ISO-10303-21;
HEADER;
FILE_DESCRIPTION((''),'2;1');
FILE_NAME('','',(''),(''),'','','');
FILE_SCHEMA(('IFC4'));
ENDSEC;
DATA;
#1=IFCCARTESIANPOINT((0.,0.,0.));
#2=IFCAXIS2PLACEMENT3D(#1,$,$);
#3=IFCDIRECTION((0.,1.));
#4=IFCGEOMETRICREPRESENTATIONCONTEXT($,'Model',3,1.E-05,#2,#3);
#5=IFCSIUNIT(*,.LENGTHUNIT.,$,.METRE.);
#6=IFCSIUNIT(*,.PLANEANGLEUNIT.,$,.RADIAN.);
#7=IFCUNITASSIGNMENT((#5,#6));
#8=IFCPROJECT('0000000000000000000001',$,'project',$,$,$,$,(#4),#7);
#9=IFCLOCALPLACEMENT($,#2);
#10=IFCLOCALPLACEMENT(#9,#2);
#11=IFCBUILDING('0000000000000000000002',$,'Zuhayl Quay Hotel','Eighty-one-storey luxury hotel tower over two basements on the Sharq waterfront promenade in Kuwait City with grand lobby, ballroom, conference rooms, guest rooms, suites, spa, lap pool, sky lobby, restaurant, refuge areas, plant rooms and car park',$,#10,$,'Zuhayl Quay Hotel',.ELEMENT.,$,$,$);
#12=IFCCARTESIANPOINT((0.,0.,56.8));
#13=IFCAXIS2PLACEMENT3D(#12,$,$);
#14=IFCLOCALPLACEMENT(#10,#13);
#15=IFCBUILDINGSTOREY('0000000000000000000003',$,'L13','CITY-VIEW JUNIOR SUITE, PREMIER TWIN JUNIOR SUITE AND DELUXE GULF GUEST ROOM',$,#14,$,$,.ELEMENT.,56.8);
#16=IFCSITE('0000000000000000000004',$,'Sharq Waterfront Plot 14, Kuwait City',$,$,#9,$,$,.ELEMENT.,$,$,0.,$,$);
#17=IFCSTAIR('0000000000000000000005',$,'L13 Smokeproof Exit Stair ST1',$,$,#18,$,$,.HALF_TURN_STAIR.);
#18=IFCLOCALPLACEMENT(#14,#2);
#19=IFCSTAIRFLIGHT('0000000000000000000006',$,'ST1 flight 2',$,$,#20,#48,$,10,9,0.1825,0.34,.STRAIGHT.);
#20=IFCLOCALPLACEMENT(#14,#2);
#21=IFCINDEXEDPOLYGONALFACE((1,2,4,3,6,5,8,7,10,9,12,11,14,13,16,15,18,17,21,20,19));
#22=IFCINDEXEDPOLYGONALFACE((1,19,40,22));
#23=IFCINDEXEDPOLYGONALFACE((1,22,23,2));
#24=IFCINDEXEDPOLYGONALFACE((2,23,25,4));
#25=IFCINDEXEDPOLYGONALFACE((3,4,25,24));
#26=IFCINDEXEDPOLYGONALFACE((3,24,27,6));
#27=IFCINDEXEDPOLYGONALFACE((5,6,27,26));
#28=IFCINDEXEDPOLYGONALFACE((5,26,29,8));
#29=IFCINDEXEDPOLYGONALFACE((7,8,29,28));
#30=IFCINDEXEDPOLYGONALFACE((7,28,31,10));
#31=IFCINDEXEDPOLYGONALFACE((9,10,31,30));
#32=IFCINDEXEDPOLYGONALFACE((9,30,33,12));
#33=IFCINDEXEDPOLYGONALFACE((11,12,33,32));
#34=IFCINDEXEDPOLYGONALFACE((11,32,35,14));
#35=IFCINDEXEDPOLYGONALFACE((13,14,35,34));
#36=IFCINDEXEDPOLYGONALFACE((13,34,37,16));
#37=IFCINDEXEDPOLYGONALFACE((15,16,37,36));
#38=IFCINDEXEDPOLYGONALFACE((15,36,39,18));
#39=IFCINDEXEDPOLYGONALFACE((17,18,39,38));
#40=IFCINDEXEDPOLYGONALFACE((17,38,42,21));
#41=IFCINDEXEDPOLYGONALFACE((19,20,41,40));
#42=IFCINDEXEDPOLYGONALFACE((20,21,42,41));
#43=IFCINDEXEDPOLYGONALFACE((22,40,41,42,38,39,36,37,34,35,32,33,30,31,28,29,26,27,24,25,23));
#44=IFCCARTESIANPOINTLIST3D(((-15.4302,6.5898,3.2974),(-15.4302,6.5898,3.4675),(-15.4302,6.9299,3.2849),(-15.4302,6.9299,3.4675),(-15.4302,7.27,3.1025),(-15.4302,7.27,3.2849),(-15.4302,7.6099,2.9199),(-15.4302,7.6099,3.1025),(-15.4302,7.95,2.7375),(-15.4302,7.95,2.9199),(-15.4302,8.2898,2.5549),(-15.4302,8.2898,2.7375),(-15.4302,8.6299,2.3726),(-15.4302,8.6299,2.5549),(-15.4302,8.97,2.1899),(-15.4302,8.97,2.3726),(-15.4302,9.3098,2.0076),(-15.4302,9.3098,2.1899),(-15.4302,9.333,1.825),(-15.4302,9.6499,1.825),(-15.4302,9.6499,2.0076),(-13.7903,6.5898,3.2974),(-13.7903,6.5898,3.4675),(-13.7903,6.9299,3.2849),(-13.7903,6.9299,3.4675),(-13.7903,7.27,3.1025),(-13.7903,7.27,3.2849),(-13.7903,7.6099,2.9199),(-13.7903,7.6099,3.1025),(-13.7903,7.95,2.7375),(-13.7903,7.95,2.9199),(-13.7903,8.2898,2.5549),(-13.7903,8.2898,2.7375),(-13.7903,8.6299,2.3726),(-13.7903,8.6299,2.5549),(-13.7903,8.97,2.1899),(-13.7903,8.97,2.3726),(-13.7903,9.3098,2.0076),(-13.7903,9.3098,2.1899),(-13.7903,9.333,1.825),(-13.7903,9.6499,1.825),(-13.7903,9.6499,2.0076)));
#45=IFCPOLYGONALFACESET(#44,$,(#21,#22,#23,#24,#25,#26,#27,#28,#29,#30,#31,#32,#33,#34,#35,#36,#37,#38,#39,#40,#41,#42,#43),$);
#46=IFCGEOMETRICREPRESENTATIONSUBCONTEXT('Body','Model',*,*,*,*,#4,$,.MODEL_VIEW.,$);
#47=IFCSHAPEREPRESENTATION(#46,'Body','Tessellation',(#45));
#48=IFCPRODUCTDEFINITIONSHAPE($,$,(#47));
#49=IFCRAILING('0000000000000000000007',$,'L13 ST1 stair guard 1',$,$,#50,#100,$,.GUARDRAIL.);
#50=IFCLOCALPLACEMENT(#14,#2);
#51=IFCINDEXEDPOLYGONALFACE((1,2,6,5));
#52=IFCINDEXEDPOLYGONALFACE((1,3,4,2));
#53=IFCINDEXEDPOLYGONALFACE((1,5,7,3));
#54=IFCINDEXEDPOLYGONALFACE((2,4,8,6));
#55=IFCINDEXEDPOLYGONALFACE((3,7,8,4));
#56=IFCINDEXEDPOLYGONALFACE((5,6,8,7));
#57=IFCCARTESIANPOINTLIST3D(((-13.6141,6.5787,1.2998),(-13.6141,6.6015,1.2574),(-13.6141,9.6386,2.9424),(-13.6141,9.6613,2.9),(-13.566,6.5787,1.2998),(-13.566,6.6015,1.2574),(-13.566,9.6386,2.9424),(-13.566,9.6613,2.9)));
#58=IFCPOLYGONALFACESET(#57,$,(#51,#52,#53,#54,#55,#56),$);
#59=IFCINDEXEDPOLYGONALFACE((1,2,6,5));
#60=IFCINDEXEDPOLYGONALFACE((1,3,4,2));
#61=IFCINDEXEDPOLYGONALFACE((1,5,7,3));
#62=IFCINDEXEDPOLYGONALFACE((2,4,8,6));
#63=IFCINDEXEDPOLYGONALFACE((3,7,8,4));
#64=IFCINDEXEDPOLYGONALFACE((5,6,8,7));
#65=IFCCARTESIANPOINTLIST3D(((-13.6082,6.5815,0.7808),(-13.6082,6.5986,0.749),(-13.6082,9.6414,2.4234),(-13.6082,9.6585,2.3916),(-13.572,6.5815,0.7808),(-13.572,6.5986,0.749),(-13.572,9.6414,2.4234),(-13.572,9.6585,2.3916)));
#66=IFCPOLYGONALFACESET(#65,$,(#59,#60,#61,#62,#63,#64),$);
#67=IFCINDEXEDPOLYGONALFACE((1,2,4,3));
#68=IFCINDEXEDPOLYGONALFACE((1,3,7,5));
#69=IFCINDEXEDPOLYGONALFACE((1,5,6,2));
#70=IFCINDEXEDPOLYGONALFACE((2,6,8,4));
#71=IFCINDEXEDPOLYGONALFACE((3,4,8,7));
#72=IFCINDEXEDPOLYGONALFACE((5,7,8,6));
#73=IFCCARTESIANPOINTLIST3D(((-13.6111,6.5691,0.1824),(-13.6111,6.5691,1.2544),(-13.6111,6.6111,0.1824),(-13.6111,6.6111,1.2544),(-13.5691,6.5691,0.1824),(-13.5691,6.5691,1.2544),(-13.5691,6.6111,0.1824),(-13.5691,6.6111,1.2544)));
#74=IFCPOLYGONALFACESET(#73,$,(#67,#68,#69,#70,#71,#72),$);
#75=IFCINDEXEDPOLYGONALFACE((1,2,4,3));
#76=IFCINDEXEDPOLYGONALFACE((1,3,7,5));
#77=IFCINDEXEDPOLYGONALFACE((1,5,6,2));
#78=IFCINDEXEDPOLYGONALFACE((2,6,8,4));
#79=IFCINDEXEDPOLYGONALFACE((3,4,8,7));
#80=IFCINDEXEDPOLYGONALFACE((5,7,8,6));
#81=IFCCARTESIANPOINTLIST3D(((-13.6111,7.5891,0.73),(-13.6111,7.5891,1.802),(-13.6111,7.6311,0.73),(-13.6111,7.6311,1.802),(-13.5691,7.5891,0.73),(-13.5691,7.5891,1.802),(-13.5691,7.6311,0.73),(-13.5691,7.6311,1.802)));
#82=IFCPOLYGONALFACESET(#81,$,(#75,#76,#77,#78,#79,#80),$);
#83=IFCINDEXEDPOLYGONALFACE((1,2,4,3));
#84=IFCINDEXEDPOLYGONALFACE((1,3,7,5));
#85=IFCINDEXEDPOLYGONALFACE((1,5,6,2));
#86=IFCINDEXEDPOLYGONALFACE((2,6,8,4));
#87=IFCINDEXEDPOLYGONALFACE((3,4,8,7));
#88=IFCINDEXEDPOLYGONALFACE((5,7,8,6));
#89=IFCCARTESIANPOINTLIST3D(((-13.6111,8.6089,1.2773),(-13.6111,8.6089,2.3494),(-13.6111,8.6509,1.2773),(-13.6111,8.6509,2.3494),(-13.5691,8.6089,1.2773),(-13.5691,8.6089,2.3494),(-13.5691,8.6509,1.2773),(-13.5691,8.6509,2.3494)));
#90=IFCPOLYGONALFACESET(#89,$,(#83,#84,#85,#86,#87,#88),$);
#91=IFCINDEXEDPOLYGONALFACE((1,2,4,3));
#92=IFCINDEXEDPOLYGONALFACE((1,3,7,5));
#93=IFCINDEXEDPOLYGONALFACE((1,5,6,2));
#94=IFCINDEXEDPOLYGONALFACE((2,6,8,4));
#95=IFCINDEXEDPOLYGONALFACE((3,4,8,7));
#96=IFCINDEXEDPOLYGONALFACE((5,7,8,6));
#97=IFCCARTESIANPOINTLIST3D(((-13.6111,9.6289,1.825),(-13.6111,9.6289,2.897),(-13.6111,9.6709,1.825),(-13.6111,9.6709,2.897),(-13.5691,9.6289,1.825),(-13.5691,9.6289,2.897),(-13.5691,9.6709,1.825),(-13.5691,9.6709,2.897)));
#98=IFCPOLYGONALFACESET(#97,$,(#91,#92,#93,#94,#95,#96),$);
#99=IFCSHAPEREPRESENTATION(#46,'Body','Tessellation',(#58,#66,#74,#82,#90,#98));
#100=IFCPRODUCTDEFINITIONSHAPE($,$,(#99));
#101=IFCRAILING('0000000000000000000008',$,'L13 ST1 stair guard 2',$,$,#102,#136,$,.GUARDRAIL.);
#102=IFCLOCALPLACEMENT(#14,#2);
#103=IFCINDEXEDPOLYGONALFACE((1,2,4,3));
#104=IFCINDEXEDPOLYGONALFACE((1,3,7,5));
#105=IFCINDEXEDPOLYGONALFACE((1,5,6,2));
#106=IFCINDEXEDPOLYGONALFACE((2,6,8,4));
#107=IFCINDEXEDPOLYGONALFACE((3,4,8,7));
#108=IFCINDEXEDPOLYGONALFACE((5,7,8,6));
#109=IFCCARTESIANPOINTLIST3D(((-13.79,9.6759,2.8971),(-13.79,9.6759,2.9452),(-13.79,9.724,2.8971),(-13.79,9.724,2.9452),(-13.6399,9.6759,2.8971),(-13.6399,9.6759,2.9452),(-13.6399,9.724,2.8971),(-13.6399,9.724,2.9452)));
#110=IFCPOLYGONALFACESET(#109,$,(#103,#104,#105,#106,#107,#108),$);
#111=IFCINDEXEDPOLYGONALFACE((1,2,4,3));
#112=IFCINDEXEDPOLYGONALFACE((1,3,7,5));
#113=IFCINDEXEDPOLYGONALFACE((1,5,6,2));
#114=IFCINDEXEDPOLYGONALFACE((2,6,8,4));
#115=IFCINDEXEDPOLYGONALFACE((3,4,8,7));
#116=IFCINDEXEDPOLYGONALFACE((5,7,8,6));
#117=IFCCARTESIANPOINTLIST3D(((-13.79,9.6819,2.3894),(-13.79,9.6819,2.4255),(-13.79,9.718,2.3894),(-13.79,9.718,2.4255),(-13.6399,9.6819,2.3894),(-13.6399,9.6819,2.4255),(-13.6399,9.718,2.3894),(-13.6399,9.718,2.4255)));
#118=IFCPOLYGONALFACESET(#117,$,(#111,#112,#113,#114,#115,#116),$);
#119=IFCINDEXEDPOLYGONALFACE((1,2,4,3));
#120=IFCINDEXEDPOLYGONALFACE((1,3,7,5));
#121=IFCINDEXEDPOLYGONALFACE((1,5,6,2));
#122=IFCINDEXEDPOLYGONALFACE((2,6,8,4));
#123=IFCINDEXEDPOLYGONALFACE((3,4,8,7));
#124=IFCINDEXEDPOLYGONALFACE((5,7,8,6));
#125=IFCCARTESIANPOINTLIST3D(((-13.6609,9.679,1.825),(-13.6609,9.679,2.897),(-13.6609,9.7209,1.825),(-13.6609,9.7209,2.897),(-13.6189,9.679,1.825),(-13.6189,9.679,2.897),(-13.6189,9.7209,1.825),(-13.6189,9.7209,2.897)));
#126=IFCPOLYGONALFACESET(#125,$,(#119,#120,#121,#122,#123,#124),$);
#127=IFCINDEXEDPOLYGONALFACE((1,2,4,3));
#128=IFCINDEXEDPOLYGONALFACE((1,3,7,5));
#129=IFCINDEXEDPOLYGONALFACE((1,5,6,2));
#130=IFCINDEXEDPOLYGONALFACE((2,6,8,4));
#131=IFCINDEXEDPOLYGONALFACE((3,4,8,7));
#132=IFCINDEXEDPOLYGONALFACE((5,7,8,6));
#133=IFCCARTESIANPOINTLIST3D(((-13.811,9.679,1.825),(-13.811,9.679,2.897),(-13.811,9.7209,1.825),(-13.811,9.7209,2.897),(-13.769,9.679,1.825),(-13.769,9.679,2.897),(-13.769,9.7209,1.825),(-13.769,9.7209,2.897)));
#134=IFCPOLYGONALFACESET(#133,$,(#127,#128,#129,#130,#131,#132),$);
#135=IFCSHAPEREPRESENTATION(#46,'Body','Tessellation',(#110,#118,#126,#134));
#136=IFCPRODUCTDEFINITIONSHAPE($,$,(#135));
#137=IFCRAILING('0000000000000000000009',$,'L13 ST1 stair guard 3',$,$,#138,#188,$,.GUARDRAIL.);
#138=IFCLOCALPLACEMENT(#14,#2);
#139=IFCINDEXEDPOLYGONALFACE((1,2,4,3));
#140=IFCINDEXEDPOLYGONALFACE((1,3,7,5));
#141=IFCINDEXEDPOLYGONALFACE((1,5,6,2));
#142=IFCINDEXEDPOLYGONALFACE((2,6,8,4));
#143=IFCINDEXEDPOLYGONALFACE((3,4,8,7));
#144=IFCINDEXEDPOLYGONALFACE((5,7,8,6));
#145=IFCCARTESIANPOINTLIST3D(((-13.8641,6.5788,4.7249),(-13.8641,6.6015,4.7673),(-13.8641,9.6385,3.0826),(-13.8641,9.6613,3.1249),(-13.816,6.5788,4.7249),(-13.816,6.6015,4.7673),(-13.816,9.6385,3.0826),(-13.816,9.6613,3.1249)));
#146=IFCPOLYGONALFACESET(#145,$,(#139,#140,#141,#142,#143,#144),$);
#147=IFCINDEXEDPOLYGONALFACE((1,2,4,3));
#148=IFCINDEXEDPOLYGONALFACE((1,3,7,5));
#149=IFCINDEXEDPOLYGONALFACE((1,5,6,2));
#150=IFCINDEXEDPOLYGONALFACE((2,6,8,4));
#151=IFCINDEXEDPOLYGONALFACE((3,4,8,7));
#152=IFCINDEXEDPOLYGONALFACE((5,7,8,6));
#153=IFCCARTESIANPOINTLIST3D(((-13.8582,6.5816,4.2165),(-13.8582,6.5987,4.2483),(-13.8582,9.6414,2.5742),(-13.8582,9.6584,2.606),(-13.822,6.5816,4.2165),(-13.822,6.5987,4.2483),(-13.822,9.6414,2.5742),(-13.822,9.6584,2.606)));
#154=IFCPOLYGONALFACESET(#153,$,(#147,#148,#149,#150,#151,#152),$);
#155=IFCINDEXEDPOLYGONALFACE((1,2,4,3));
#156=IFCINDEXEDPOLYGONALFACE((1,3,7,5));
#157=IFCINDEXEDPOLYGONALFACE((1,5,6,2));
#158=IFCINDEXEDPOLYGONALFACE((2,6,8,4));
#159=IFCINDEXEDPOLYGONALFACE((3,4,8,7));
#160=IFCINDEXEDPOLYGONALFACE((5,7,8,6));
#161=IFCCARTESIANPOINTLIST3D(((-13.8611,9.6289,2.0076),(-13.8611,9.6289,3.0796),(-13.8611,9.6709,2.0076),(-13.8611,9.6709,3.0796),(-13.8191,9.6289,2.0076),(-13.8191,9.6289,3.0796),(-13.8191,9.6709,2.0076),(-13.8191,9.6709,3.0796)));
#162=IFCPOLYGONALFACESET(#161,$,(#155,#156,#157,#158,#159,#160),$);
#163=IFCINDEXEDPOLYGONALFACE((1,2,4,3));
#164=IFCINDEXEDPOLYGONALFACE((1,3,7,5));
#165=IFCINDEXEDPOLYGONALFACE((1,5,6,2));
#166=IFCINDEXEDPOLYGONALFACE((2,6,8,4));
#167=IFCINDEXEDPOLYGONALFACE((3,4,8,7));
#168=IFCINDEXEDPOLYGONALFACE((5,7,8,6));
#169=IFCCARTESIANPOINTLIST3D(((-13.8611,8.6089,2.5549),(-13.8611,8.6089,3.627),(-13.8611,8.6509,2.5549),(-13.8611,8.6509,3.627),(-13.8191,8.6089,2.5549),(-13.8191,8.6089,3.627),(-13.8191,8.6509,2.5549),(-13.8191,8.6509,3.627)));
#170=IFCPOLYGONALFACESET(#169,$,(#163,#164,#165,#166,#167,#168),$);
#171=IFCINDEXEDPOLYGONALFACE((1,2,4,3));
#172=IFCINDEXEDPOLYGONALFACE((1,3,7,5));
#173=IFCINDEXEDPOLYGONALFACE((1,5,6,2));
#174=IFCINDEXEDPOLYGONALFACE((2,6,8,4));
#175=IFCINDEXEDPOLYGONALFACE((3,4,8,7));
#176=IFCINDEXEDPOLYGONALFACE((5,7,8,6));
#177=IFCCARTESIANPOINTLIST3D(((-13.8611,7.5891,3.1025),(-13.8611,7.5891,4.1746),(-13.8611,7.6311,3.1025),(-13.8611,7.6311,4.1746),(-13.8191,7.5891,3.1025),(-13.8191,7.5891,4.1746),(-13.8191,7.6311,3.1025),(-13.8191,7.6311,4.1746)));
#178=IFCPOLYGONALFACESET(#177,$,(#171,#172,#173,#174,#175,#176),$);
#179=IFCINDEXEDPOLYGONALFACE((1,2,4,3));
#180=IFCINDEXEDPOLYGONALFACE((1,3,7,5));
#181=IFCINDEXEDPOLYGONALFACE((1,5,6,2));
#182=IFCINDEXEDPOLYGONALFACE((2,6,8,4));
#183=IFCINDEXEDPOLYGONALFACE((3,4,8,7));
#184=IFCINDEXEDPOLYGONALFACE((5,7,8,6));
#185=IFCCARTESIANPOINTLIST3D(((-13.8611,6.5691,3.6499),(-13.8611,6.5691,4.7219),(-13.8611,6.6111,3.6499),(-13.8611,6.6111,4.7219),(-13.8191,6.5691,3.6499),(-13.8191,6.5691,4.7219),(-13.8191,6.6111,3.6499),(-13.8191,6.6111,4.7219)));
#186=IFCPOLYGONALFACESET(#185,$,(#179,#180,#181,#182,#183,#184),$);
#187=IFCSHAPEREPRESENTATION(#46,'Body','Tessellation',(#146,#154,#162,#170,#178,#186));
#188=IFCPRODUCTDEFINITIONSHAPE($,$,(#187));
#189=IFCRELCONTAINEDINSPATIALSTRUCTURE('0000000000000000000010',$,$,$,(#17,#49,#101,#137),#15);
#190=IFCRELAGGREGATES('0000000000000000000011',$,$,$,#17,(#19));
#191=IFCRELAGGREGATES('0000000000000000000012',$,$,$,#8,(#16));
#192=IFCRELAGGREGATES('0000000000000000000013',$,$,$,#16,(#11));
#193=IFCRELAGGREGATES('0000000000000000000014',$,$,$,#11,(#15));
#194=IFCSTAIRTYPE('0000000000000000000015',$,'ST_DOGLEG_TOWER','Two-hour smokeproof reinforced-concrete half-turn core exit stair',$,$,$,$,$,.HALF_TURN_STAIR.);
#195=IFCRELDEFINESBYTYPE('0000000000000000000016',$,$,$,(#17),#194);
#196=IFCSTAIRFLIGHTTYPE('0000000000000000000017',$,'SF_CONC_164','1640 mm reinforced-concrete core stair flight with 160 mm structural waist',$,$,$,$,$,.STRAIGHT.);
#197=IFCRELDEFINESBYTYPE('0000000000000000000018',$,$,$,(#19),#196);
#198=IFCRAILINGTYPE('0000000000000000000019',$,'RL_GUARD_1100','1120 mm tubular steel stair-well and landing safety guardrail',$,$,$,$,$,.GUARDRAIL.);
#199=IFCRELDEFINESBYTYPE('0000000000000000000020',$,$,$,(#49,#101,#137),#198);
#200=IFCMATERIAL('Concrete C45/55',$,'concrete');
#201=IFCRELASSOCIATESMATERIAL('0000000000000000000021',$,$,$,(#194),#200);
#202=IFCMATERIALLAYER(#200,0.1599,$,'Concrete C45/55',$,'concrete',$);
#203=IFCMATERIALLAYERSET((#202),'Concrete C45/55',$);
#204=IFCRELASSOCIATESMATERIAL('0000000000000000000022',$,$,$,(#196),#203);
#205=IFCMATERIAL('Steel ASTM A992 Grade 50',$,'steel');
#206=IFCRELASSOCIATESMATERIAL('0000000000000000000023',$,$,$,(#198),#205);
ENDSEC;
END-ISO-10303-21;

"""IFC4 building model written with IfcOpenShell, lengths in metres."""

from ifc_helpers import new_model, si_unit, direction, frame, origin, origin_2d, place, context, subcontext, project, spatial, polyline, rectangle, outline, extrude, material, layer, layer_set, type_object, element, aggregate, save


model = new_model("IFC4")

# Units and contexts
model_context = context("Model", 3, precision=1e-05, world=origin(), true_north=direction((0.0, 1.0)))
body_context = subcontext(model_context, "Body", "Model", "MODEL_VIEW")
ifc_project = project(units=[si_unit("LENGTHUNIT", "METRE"), si_unit("PLANEANGLEUNIT", "RADIAN")], contexts=[model_context])

# Site, building, storey
site_placement = place(None, origin())
site = spatial("IfcSite", under=ifc_project, at=site_placement, Name="Sharq Waterfront Plot 14, Kuwait City", CompositionType="ELEMENT", RefElevation=0.0)
building_placement = place(site_placement, origin())
building = spatial("IfcBuilding", under=site, at=building_placement, Name="Zuhayl Quay Hotel", Description="Eighty-one-storey luxury hotel tower over two basements on the Sharq waterfront promenade in Kuwait City with grand lobby, ballroom, conference rooms, guest rooms, suites, spa, lap pool, sky lobby, restaurant, refuge areas, plant rooms and car park", LongName="Zuhayl Quay Hotel", CompositionType="ELEMENT")
storey_placement = place(building_placement, frame((0.0, 0.0, 56.8)))
storey = spatial("IfcBuildingStorey", under=building, at=storey_placement, Name="L13", Description="CITY-VIEW JUNIOR SUITE, PREMIER TWIN JUNIOR SUITE AND DELUXE GULF GUEST ROOM", CompositionType="ELEMENT", Elevation=56.8)

# Shared definitions
ifc_material_1 = material(Name="Steel ASTM A992 Grade 50", Category="steel")

# Stair, stair flight
ifc_material_2 = material(Name="Concrete C45/55", Category="concrete")
stair_type = type_object("IfcStairType", Name="ST_DOGLEG_TOWER", Description="Two-hour smokeproof reinforced-concrete half-turn core exit stair", PredefinedType="HALF_TURN_STAIR", material=ifc_material_2)
stair_placement = place(storey_placement, origin())
stair = element("IfcStair", 1, at=stair_placement, inside=storey, type_object=stair_type, Name="L13 Smokeproof Exit Stair ST1", PredefinedType="HALF_TURN_STAIR")
ifc_layer_1 = layer(ifc_material_2, 0.1599, Name="Concrete C45/55", Category="concrete")
ifc_layer_set_1 = layer_set([ifc_layer_1], Name="Concrete C45/55")
stair_flight_type = type_object("IfcStairFlightType", Name="SF_CONC_164", Description="1640 mm reinforced-concrete core stair flight with 160 mm structural waist", PredefinedType="STRAIGHT", material=ifc_layer_set_1)
stair_flight_1_placement = place(storey_placement, frame((-14.6101, 9.6499, 1.825), z_axis=(0.0, 0.0, 1.0), x_axis=(0.0, -1.0, 0.0)))
stair_flight_1 = element("IfcStairFlight", 2, at=stair_flight_1_placement, type_object=stair_flight_type, Name="ST1 flight 2", NumberOfRisers=10, NumberOfTreads=9, PredefinedType="STRAIGHT", RiserHeight=0.1825, TreadLength=0.34, context=body_context, shape_type="SweptSolid", body=[
    extrude(outline(polyline([(0.0, 0.0), (0.0, 0.1826), (0.3401, 0.1826), (0.3401, 0.365), (0.6799, 0.365), (0.6799, 0.5476), (1.02, 0.5476), (1.02, 0.73), (1.3601, 0.73), (1.3601, 0.9126), (1.7, 0.9126), (1.7, 1.095), (2.04, 1.095), (2.04, 1.2776), (2.3799, 1.2776), (2.3799, 1.46), (2.72, 1.46), (2.72, 1.6426), (3.0601, 1.6426), (3.0601, 1.825), (3.0601, 1.4724), (0.3169, 0.0), (0.0, 0.0)])), frame((0.0, 0.8198, 0.0), z_axis=(0.0, -1.0, 0.0), x_axis=(1.0, 0.0, 0.0)), (0.0, 0.0, 1.0), 1.6399),
])
aggregate(stair, [stair_flight_1])

# Railings
railing_type_1 = type_object("IfcRailingType", Name="RL_GUARD_1100", Description="1120 mm tubular steel stair-well and landing safety guardrail", PredefinedType="GUARDRAIL", material=ifc_material_1)
railing_1_placement = place(storey_placement, frame((-13.5901, 6.5901, 0.1824)))
element("IfcRailing", 3, at=railing_1_placement, inside=storey, type_object=railing_type_1, Name="L13 ST1 stair guard 1", PredefinedType="GUARDRAIL", context=body_context, shape_type="SweptSolid", body=[
    extrude(rectangle(XDim=0.0481, YDim=0.0481, at=origin_2d()), frame((0.0, 0.0, 1.0962), z_axis=(0.0, 0.881073, 0.47298), x_axis=(-1.0, 0.0, 0.0)), (0.0, 0.0, 1.0), 3.4729),
    extrude(rectangle(XDim=0.0361, YDim=0.0361, at=origin_2d()), frame((0.0, 0.0, 0.5825), z_axis=(0.0, 0.881073, 0.47298), x_axis=(-1.0, 0.0, 0.0)), (0.0, 0.0, 1.0), 3.4729),
    extrude(rectangle(XDim=0.042, YDim=0.042, at=origin_2d()), origin(), (0.0, 0.0, 1.0), 1.072),
    extrude(rectangle(XDim=0.042, YDim=0.042, at=origin_2d()), frame((0.0, 1.02, 0.5476)), (0.0, 0.0, 1.0), 1.072),
    extrude(rectangle(XDim=0.042, YDim=0.042, at=origin_2d()), frame((0.0, 2.0398, 1.095)), (0.0, 0.0, 1.0), 1.072),
    extrude(rectangle(XDim=0.042, YDim=0.042, at=origin_2d()), frame((0.0, 3.0598, 1.6426)), (0.0, 0.0, 1.0), 1.072),
])
railing_2_placement = place(storey_placement, frame((-13.6399, 9.7, 1.825)))
element("IfcRailing", 4, at=railing_2_placement, inside=storey, type_object=railing_type_1, Name="L13 ST1 stair guard 2", PredefinedType="GUARDRAIL", context=body_context, shape_type="SweptSolid", body=[
    extrude(rectangle(XDim=0.0481, YDim=0.0481, at=origin_2d()), frame((0.0, 0.0, 1.0962), z_axis=(-1.0, 0.0, 0.0), x_axis=(0.0, -1.0, 0.0)), (0.0, 0.0, 1.0), 0.1501),
    extrude(rectangle(XDim=0.0361, YDim=0.0361, at=origin_2d()), frame((0.0, 0.0, 0.5825), z_axis=(-1.0, 0.0, 0.0), x_axis=(0.0, -1.0, 0.0)), (0.0, 0.0, 1.0), 0.1501),
    extrude(rectangle(XDim=0.042, YDim=0.042, at=origin_2d()), origin(), (0.0, 0.0, 1.0), 1.072),
    extrude(rectangle(XDim=0.042, YDim=0.042, at=origin_2d()), frame((-0.1501, 0.0, 0.0)), (0.0, 0.0, 1.0), 1.072),
])
railing_3_placement = place(storey_placement, frame((-13.8401, 9.6499, 2.0076)))
element("IfcRailing", 5, at=railing_3_placement, inside=storey, type_object=railing_type_1, Name="L13 ST1 stair guard 3", PredefinedType="GUARDRAIL", context=body_context, shape_type="SweptSolid", body=[
    extrude(rectangle(XDim=0.0481, YDim=0.0481, at=origin_2d()), frame((0.0, 0.0, 1.0962), z_axis=(0.0, -0.881102, 0.472926), x_axis=(1.0, 0.0, 0.0)), (0.0, 0.0, 1.0), 3.4727),
    extrude(rectangle(XDim=0.0361, YDim=0.0361, at=origin_2d()), frame((0.0, 0.0, 0.5825), z_axis=(0.0, -0.881102, 0.472926), x_axis=(1.0, 0.0, 0.0)), (0.0, 0.0, 1.0), 3.4727),
    extrude(rectangle(XDim=0.042, YDim=0.042, at=origin_2d()), origin(), (0.0, 0.0, 1.0), 1.072),
    extrude(rectangle(XDim=0.042, YDim=0.042, at=origin_2d()), frame((0.0, -1.02, 0.5474)), (0.0, 0.0, 1.0), 1.072),
    extrude(rectangle(XDim=0.042, YDim=0.042, at=origin_2d()), frame((0.0, -2.0398, 1.095)), (0.0, 0.0, 1.0), 1.072),
    extrude(rectangle(XDim=0.042, YDim=0.042, at=origin_2d()), frame((0.0, -3.0598, 1.6423)), (0.0, 0.0, 1.0), 1.072),
])

save(model, "model.ifc")
